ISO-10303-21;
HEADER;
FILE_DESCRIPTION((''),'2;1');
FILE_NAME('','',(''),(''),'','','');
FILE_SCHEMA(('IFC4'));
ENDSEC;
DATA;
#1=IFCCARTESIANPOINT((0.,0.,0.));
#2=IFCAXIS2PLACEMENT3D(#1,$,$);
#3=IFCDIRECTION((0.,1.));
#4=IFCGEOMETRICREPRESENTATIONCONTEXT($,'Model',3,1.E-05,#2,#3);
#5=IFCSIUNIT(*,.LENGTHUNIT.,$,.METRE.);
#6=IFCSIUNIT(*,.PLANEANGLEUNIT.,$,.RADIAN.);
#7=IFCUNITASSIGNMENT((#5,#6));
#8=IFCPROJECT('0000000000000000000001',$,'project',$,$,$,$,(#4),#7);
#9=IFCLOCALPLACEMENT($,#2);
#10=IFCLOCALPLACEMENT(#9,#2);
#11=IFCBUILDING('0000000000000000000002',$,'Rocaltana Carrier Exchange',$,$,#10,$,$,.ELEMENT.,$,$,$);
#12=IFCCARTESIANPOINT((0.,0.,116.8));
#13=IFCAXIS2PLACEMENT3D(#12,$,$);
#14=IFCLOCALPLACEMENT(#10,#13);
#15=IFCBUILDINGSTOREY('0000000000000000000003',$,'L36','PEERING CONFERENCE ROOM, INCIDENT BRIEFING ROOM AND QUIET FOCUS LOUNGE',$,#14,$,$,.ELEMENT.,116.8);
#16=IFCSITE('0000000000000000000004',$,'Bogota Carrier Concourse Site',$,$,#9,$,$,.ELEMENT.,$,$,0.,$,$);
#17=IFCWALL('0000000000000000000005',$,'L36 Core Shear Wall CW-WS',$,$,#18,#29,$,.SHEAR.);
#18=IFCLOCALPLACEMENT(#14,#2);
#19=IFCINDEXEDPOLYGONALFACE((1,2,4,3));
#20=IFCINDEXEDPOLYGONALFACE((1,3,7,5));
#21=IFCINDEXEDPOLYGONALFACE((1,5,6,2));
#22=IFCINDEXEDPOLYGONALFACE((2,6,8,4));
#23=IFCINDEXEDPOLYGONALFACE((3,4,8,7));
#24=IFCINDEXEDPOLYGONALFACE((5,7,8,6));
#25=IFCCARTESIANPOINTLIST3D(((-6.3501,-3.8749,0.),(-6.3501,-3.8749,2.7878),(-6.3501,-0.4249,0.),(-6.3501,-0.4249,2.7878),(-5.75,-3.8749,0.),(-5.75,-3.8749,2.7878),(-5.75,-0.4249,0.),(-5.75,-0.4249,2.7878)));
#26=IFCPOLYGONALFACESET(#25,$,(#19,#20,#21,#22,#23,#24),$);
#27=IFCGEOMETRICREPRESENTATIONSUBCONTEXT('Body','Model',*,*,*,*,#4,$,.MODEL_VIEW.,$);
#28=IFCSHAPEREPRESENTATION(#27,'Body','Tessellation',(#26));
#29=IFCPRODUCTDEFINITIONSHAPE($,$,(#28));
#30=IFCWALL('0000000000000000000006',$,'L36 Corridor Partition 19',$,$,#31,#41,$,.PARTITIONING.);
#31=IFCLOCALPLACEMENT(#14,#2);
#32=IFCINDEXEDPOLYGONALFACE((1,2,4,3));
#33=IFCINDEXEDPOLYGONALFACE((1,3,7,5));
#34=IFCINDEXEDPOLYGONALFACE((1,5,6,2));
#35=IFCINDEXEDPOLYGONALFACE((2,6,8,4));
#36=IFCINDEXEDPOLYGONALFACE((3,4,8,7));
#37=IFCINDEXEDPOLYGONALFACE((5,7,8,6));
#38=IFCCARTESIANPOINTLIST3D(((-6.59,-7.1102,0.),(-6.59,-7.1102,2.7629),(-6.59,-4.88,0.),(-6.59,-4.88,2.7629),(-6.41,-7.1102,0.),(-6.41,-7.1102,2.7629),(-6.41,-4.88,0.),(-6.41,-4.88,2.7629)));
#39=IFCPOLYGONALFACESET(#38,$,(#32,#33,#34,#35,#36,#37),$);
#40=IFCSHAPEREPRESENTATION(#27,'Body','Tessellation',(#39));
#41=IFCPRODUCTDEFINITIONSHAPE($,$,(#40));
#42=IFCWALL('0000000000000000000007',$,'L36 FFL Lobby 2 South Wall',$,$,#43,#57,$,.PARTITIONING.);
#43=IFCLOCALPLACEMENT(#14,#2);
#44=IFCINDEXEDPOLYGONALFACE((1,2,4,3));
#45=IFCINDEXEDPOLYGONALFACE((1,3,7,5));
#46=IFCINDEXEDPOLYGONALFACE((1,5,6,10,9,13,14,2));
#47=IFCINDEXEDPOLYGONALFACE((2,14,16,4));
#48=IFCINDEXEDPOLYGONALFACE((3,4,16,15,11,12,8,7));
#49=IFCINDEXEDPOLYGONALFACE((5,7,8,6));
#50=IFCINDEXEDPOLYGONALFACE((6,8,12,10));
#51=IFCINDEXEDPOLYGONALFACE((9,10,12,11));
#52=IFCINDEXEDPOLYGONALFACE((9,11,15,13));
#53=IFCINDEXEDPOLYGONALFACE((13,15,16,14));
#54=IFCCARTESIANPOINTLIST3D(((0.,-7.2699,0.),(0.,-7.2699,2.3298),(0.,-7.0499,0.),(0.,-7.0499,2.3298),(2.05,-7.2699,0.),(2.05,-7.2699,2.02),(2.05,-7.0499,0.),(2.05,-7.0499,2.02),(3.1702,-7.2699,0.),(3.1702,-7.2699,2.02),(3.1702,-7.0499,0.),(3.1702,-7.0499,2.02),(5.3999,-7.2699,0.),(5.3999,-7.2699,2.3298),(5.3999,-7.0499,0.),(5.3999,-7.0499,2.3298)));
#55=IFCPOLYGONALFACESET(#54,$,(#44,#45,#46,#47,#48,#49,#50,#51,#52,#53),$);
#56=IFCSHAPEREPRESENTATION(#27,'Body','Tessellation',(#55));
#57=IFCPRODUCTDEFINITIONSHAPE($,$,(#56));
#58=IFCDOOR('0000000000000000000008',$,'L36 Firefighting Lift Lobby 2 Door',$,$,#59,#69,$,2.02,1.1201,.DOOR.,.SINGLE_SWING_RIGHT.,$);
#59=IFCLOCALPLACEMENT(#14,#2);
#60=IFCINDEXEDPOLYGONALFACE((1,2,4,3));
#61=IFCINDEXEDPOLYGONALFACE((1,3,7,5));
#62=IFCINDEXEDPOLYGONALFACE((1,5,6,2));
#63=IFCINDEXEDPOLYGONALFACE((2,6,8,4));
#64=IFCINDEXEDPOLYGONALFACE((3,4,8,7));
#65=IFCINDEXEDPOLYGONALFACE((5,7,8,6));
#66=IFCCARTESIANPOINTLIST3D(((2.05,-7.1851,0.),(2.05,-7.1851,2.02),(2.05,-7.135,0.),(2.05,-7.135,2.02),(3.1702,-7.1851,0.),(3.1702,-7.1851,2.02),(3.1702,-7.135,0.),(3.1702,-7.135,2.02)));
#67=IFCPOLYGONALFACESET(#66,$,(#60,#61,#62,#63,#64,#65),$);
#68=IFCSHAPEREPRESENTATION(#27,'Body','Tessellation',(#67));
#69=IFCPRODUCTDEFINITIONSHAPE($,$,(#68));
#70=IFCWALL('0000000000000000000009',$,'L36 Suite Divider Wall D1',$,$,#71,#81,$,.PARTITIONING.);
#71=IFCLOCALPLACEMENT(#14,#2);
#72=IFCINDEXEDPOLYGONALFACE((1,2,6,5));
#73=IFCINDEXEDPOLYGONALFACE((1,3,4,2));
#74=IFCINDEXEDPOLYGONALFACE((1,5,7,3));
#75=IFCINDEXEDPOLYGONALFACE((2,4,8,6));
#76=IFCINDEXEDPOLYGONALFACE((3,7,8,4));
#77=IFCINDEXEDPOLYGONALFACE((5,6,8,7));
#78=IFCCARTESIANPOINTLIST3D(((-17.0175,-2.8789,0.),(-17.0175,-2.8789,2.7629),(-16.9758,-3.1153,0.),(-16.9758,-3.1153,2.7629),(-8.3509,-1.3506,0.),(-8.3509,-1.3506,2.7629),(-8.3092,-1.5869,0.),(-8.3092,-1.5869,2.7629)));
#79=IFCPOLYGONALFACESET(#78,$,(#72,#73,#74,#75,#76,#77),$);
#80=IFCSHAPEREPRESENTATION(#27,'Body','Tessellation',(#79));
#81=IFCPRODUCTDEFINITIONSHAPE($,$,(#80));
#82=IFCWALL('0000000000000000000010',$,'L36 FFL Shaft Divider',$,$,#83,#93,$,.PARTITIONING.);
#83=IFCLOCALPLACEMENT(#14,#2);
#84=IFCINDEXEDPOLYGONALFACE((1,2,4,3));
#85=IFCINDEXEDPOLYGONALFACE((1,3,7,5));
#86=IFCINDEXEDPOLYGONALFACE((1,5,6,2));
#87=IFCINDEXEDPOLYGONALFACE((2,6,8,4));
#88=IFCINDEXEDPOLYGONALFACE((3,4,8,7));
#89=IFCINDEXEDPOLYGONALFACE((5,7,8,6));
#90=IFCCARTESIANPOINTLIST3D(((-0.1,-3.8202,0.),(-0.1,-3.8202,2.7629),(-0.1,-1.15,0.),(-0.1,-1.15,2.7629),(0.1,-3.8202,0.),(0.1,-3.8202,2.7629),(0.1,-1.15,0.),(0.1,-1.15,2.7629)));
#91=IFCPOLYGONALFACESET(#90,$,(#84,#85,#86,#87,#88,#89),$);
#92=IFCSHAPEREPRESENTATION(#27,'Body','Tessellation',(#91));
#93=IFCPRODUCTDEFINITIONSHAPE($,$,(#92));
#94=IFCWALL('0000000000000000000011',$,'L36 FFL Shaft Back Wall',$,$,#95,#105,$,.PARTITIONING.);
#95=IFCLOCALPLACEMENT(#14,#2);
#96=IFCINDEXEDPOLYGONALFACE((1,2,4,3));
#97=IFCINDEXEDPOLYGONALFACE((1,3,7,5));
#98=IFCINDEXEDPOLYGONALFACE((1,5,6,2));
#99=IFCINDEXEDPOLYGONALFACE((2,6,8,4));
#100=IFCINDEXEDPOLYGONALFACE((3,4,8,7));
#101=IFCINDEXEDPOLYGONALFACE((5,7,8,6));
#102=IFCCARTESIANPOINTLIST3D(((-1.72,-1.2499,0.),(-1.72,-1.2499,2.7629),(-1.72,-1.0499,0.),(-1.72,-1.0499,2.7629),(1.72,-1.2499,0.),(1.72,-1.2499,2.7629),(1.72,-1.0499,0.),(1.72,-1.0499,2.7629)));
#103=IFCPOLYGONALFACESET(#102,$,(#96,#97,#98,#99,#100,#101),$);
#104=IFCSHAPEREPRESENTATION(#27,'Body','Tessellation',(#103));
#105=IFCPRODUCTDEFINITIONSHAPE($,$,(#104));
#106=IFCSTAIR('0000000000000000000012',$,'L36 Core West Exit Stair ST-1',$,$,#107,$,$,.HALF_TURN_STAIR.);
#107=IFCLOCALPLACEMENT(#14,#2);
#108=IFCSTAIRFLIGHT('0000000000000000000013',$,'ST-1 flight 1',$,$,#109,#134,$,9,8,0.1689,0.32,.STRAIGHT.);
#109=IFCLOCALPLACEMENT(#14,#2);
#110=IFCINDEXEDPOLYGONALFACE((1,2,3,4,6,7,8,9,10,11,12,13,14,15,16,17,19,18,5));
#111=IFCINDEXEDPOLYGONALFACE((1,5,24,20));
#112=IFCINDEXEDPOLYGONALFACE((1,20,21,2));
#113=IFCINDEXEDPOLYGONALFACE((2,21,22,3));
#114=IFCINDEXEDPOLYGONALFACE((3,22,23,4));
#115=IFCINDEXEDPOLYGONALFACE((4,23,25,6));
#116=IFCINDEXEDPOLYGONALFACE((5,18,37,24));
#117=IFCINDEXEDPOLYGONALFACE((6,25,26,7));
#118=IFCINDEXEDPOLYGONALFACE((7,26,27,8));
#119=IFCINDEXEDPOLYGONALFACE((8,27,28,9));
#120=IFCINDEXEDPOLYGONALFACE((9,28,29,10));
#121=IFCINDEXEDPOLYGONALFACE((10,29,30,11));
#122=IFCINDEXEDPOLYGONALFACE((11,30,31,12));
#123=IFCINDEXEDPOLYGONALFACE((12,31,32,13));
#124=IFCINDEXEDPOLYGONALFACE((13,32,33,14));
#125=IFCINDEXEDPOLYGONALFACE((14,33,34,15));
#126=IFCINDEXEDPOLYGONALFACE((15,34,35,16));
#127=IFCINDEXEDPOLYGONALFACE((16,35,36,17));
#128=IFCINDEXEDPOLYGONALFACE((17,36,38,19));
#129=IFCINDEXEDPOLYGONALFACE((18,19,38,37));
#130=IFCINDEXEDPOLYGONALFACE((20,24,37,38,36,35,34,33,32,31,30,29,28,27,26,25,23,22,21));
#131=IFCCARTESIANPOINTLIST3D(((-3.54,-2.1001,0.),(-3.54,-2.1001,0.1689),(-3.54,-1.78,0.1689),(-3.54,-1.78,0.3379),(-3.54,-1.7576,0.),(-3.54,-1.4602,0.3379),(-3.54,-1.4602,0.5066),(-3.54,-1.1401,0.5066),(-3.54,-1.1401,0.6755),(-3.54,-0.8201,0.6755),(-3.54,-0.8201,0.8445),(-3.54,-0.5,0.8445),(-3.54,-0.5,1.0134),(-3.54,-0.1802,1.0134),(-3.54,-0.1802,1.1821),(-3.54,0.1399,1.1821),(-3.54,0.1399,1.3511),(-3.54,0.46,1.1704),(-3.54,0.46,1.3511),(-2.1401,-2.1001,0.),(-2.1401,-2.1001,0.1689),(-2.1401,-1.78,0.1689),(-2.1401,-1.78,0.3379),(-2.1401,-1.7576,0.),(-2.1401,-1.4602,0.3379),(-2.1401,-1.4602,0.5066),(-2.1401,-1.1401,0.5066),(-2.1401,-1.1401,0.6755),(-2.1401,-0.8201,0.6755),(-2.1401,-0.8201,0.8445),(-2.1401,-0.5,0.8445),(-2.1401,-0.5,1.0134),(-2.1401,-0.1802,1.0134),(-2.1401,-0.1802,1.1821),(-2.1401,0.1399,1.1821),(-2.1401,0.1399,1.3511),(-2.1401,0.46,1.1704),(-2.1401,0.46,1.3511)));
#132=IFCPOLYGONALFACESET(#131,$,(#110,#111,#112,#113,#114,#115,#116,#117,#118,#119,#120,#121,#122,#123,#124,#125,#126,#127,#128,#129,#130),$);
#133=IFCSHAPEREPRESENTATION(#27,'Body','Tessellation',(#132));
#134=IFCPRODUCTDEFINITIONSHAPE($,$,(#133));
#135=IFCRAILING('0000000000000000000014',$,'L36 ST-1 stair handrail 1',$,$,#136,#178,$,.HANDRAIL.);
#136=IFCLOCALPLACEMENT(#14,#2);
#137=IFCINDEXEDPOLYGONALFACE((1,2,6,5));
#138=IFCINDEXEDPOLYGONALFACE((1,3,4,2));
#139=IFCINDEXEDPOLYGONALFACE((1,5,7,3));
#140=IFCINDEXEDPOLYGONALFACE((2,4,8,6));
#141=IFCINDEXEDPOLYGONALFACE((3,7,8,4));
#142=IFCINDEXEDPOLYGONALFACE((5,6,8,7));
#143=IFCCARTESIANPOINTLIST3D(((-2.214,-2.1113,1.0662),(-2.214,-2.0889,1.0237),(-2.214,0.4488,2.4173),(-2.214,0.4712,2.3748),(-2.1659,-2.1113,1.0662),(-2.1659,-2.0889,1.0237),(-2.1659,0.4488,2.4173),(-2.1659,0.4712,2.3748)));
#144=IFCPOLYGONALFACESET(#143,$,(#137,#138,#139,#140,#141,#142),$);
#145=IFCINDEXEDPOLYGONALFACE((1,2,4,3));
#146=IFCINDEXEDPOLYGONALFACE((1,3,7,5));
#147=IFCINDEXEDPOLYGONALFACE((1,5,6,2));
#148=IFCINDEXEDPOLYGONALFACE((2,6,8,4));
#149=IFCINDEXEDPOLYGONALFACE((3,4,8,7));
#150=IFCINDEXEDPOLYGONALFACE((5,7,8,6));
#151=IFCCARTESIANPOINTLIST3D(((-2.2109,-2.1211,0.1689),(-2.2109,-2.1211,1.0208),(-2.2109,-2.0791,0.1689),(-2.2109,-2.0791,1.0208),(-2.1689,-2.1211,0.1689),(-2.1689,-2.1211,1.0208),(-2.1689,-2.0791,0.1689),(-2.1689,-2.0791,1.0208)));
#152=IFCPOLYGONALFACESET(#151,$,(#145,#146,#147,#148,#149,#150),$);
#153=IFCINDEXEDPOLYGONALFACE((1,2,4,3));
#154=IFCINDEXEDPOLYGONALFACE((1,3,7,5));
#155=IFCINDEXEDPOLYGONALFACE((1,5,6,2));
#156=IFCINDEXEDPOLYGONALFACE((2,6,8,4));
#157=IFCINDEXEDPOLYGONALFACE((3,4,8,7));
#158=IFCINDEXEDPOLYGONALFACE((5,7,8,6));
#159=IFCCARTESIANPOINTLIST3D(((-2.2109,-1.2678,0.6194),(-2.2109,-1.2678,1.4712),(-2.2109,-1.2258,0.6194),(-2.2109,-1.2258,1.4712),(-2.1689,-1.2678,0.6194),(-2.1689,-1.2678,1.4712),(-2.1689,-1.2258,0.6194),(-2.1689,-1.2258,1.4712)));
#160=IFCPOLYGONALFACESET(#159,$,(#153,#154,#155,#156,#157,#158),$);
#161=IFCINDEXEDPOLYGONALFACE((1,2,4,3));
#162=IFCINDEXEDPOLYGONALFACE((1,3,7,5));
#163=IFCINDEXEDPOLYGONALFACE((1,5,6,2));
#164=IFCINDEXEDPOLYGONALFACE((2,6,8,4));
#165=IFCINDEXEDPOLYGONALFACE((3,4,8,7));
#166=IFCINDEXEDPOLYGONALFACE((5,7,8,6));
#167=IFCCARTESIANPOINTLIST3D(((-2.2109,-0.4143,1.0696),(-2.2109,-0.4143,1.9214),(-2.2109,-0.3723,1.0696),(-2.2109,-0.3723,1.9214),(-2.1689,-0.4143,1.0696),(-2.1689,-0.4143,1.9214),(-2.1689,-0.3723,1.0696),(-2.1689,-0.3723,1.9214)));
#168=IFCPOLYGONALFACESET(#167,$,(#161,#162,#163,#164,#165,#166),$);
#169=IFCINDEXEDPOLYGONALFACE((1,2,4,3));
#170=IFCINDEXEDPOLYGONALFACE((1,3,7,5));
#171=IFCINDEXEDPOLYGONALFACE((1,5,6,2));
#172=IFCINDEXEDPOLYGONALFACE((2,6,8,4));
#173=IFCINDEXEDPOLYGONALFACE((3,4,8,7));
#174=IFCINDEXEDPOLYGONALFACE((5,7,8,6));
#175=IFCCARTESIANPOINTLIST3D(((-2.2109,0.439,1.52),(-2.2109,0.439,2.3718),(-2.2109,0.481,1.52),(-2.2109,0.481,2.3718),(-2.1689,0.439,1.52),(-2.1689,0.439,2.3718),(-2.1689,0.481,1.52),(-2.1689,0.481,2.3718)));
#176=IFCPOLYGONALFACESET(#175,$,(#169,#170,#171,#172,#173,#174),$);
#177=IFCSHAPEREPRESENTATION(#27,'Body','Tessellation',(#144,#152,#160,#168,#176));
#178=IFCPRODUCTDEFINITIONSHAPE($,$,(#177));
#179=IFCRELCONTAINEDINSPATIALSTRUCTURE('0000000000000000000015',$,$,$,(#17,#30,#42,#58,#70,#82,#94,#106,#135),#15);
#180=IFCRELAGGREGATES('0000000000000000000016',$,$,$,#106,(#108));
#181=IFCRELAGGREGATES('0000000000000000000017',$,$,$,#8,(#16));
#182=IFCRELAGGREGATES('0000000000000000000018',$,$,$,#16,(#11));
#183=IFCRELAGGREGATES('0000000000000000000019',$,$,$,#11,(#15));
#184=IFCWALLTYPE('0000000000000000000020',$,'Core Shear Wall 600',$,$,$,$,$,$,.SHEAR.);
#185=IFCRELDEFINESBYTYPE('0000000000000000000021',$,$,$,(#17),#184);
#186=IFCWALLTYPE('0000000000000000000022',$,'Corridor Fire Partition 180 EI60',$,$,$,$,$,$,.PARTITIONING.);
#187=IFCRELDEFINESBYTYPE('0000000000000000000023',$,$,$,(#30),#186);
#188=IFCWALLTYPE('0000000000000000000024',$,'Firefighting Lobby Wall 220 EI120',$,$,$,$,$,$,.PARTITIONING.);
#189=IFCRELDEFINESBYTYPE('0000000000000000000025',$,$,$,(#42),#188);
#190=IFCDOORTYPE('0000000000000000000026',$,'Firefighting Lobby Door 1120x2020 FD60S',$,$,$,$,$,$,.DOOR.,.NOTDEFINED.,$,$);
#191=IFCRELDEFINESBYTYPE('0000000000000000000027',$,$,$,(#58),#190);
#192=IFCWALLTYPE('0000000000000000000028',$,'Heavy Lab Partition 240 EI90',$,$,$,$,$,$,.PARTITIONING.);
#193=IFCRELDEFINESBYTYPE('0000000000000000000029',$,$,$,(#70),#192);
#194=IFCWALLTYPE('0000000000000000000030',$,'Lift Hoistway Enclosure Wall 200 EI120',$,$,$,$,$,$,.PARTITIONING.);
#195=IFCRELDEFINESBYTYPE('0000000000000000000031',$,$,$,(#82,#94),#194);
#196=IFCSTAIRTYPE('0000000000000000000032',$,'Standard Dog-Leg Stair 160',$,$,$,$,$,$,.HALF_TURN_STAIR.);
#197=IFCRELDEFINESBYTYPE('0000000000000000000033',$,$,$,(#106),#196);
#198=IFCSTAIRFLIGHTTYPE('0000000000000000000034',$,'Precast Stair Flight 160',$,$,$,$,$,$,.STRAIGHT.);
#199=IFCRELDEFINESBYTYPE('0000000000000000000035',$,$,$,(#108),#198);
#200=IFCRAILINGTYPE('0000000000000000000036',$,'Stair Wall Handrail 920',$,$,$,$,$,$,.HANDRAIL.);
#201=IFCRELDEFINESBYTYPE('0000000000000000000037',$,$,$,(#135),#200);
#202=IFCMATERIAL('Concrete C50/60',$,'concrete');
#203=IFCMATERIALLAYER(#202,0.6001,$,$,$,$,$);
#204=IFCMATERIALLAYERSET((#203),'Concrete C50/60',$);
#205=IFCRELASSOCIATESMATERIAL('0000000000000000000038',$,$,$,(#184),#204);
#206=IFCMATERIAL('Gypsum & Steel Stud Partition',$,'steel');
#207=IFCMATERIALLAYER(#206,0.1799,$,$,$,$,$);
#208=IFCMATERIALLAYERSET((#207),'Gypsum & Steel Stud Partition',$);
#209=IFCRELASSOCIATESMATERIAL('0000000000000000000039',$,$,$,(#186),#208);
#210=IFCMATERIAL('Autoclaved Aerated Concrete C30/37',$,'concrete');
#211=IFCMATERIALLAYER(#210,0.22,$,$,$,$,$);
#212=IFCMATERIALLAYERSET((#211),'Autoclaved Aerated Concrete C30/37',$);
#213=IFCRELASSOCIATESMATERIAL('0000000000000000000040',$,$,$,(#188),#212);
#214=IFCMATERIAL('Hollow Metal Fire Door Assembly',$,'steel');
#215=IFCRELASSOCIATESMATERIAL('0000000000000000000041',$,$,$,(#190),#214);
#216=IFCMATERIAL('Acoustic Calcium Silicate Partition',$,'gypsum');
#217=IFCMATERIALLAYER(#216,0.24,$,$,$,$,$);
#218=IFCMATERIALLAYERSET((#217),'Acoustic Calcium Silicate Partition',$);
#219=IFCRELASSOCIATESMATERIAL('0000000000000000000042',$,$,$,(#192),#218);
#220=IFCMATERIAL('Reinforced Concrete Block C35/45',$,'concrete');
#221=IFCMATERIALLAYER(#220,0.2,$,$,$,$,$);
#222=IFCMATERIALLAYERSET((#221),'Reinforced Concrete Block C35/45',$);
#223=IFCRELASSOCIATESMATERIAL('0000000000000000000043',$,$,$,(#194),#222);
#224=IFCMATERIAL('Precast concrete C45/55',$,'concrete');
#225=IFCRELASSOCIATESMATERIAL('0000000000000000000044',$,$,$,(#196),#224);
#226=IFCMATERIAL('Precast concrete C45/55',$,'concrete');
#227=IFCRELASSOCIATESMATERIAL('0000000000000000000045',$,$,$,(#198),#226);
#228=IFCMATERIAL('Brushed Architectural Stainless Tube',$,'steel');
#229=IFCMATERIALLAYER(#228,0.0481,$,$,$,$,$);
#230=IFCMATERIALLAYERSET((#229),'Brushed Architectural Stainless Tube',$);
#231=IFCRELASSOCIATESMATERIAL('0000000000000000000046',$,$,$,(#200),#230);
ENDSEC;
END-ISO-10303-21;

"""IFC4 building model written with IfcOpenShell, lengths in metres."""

from ifc_helpers import new_model, si_unit, direction, frame, frame_2d, origin, origin_2d, place, context, subcontext, project, spatial, polyline, rectangle, outline, extrude, material, layer, layer_set, type_object, element, fill, aggregate, save


model = new_model("IFC4")

# Units and contexts
model_context = context("Model", 3, precision=1e-05, world=origin(), true_north=direction((0.0, 1.0)))
body_context = subcontext(model_context, "Body", "Model", "MODEL_VIEW")
ifc_project = project(units=[si_unit("LENGTHUNIT", "METRE"), si_unit("PLANEANGLEUNIT", "RADIAN")], contexts=[model_context])

# Site, building, storey
site_placement = place(None, origin())
site = spatial("IfcSite", under=ifc_project, at=site_placement, Name="Bogota Carrier Concourse Site", CompositionType="ELEMENT", RefElevation=0.0)
building_placement = place(site_placement, origin())
building = spatial("IfcBuilding", under=site, at=building_placement, Name="Rocaltana Carrier Exchange", CompositionType="ELEMENT")
storey_placement = place(building_placement, frame((0.0, 0.0, 116.8)))
storey = spatial("IfcBuildingStorey", under=building, at=storey_placement, Name="L36", Description="PEERING CONFERENCE ROOM, INCIDENT BRIEFING ROOM AND QUIET FOCUS LOUNGE", CompositionType="ELEMENT", Elevation=116.8)

# Walls
ifc_material_1 = material(Name="Concrete C50/60", Category="concrete")
ifc_layer_1 = layer(ifc_material_1, 0.6001)
ifc_layer_set_1 = layer_set([ifc_layer_1], Name="Concrete C50/60")
wall_type_1 = type_object("IfcWallType", Name="Core Shear Wall 600", PredefinedType="SHEAR", material=ifc_layer_set_1)
wall_1_placement = place(storey_placement, frame((-6.05, -3.875, 0.0), z_axis=(0.0, 0.0, 1.0), x_axis=(0.0, 1.0, 0.0)))
element("IfcWall", 1, at=wall_1_placement, inside=storey, type_object=wall_type_1, Name="L36 Core Shear Wall CW-WS", PredefinedType="SHEAR", context=body_context, shape_type="SweptSolid", body=[
    extrude(rectangle(XDim=3.45, YDim=0.6001, at=frame_2d((1.7251, 0.0))), origin(), (0.0, 0.0, 1.0), 2.7878),
])
ifc_material_2 = material(Name="Gypsum & Steel Stud Partition", Category="steel")
ifc_layer_2 = layer(ifc_material_2, 0.1799)
ifc_layer_set_2 = layer_set([ifc_layer_2], Name="Gypsum & Steel Stud Partition")
wall_type_2 = type_object("IfcWallType", Name="Corridor Fire Partition 180 EI60", PredefinedType="PARTITIONING", material=ifc_layer_set_2)
wall_2_placement = place(storey_placement, frame((-6.5, -4.8799, 0.0), z_axis=(0.0, 0.0, 1.0), x_axis=(0.0, -1.0, 0.0)))
element("IfcWall", 2, at=wall_2_placement, inside=storey, type_object=wall_type_2, Name="L36 Corridor Partition 19", PredefinedType="PARTITIONING", context=body_context, shape_type="SweptSolid", body=[
    extrude(rectangle(XDim=2.2302, YDim=0.1799, at=frame_2d((1.1152, 0.0))), origin(), (0.0, 0.0, 1.0), 2.7629),
])

# Wall, opening, door
ifc_material_3 = material(Name="Autoclaved Aerated Concrete C30/37", Category="concrete")
ifc_layer_3 = layer(ifc_material_3, 0.22)
ifc_layer_set_3 = layer_set([ifc_layer_3], Name="Autoclaved Aerated Concrete C30/37")
wall_type_3 = type_object("IfcWallType", Name="Firefighting Lobby Wall 220 EI120", PredefinedType="PARTITIONING", material=ifc_layer_set_3)
wall_3_placement = place(storey_placement, frame((0.0, -7.1599, 0.0), z_axis=(0.0, 0.0, 1.0), x_axis=(1.0, 0.0, 0.0)))
wall_3 = element("IfcWall", 3, at=wall_3_placement, inside=storey, type_object=wall_type_3, Name="L36 FFL Lobby 2 South Wall", PredefinedType="PARTITIONING", context=body_context, shape_type="SweptSolid", body=[
    extrude(rectangle(XDim=5.3999, YDim=0.22, at=frame_2d((2.7, 0.0))), origin(), (0.0, 0.0, 1.0), 2.3298),
])
opening_1_placement = place(wall_3_placement, frame((2.05, 0.0, 0.0)))
opening_1 = element("IfcOpeningElement", 4, at=opening_1_placement, cuts=wall_3, PredefinedType="OPENING", context=body_context, shape_type="SweptSolid", body=[
    extrude(rectangle(XDim=1.1201, YDim=2.02, at=frame_2d((0.5601, 1.01))), frame((0.0, 0.1199, 0.0), z_axis=(0.0, -1.0, 0.0), x_axis=(1.0, 0.0, 0.0)), (0.0, 0.0, 1.0), 0.24),
])
ifc_material_4 = material(Name="Hollow Metal Fire Door Assembly", Category="steel")
door_type_1 = type_object("IfcDoorType", Name="Firefighting Lobby Door 1120x2020 FD60S", OperationType="NOTDEFINED", PredefinedType="DOOR", material=ifc_material_4)
door_1_placement = place(opening_1_placement, origin())
door_1 = element("IfcDoor", 5, at=door_1_placement, inside=storey, type_object=door_type_1, Name="L36 Firefighting Lift Lobby 2 Door", OperationType="SINGLE_SWING_RIGHT", OverallHeight=2.02, OverallWidth=1.1201, PredefinedType="DOOR", context=body_context, shape_type="SweptSolid", body=[
    extrude(rectangle(XDim=1.1201, YDim=2.02, at=frame_2d((0.5601, 1.01))), frame((0.0, 0.0249, 0.0), z_axis=(0.0, -1.0, 0.0), x_axis=(1.0, 0.0, 0.0)), (0.0, 0.0, 1.0), 0.05),
])
fill(opening_1, door_1)

# Walls
ifc_material_5 = material(Name="Acoustic Calcium Silicate Partition", Category="gypsum")
ifc_layer_4 = layer(ifc_material_5, 0.24)
ifc_layer_set_4 = layer_set([ifc_layer_4], Name="Acoustic Calcium Silicate Partition")
wall_type_4 = type_object("IfcWallType", Name="Heavy Lab Partition 240 EI90", PredefinedType="PARTITIONING", material=ifc_layer_set_4)
wall_4_placement = place(storey_placement, frame((-8.3301, -1.4688, 0.0), z_axis=(0.0, 0.0, 1.0), x_axis=(-0.984804, -0.173668, 0.0)))
element("IfcWall", 6, at=wall_4_placement, inside=storey, type_object=wall_type_4, Name="L36 Suite Divider Wall D1", PredefinedType="PARTITIONING", context=body_context, shape_type="SweptSolid", body=[
    extrude(rectangle(XDim=8.8003, YDim=0.24, at=frame_2d((4.4001, 0.0))), origin(), (0.0, 0.0, 1.0), 2.7629),
])
ifc_material_6 = material(Name="Reinforced Concrete Block C35/45", Category="concrete")
ifc_layer_5 = layer(ifc_material_6, 0.2)
ifc_layer_set_5 = layer_set([ifc_layer_5], Name="Reinforced Concrete Block C35/45")
wall_type_5 = type_object("IfcWallType", Name="Lift Hoistway Enclosure Wall 200 EI120", PredefinedType="PARTITIONING", material=ifc_layer_set_5)
wall_5_placement = place(storey_placement, frame((0.0, -3.8201, 0.0), z_axis=(0.0, 0.0, 1.0), x_axis=(0.0, 1.0, 0.0)))
element("IfcWall", 7, at=wall_5_placement, inside=storey, type_object=wall_type_5, Name="L36 FFL Shaft Divider", PredefinedType="PARTITIONING", context=body_context, shape_type="SweptSolid", body=[
    extrude(rectangle(XDim=2.6702, YDim=0.2, at=frame_2d((1.335, 0.0))), origin(), (0.0, 0.0, 1.0), 2.7629),
])
wall_6_placement = place(storey_placement, frame((-1.72, -1.1499, 0.0), z_axis=(0.0, 0.0, 1.0), x_axis=(1.0, 0.0, 0.0)))
element("IfcWall", 8, at=wall_6_placement, inside=storey, type_object=wall_type_5, Name="L36 FFL Shaft Back Wall", PredefinedType="PARTITIONING", context=body_context, shape_type="SweptSolid", body=[
    extrude(rectangle(XDim=3.4399, YDim=0.2, at=frame_2d((1.72, 0.0))), origin(), (0.0, 0.0, 1.0), 2.7629),
])

# Stair, stair flight
ifc_material_7 = material(Name="Precast concrete C45/55", Category="concrete")
stair_type = type_object("IfcStairType", Name="Standard Dog-Leg Stair 160", PredefinedType="HALF_TURN_STAIR", material=ifc_material_7)
stair_placement = place(storey_placement, origin())
stair = element("IfcStair", 9, at=stair_placement, inside=storey, type_object=stair_type, Name="L36 Core West Exit Stair ST-1", PredefinedType="HALF_TURN_STAIR")
ifc_material_8 = material(Name="Precast concrete C45/55", Category="concrete")
stair_flight_type = type_object("IfcStairFlightType", Name="Precast Stair Flight 160", PredefinedType="STRAIGHT", material=ifc_material_8)
stair_flight_placement = place(storey_placement, frame((-2.8401, -2.1001, 0.0), z_axis=(0.0, 0.0, 1.0), x_axis=(0.0, 1.0, 0.0)))
stair_flight = element("IfcStairFlight", 10, at=stair_flight_placement, type_object=stair_flight_type, Name="ST-1 flight 1", NumberOfRisers=9, NumberOfTreads=8, PredefinedType="STRAIGHT", RiserHeight=0.1689, TreadLength=0.32, context=body_context, shape_type="SweptSolid", body=[
    extrude(outline(polyline([(0.0, 0.0), (0.0, 0.1689), (0.3201, 0.1689), (0.3201, 0.3379), (0.6399, 0.3379), (0.6399, 0.5066), (0.96, 0.5066), (0.96, 0.6755), (1.28, 0.6755), (1.28, 0.8445), (1.6001, 0.8445), (1.6001, 1.0134), (1.9199, 1.0134), (1.9199, 1.1821), (2.24, 1.1821), (2.24, 1.3511), (2.5601, 1.3511), (2.5601, 1.52), (2.5601, 1.1704), (0.3425, 0.0), (0.0, 0.0)])), frame((0.0, 0.7, 0.0), z_axis=(0.0, -1.0, 0.0), x_axis=(1.0, 0.0, 0.0)), (0.0, 0.0, 1.0), 1.3999),
])
aggregate(stair, [stair_flight])

# Railing
ifc_material_9 = material(Name="Brushed Architectural Stainless Tube", Category="steel")
ifc_layer_6 = layer(ifc_material_9, 0.0481)
ifc_layer_set_6 = layer_set([ifc_layer_6], Name="Brushed Architectural Stainless Tube")
railing_type_1 = type_object("IfcRailingType", Name="Stair Wall Handrail 920", PredefinedType="HANDRAIL", material=ifc_layer_set_6)
railing_1_placement = place(storey_placement, frame((-2.1899, -2.1001, 0.1689)))
element("IfcRailing", 11, at=railing_1_placement, inside=storey, type_object=railing_type_1, Name="L36 ST-1 stair handrail 1", PredefinedType="HANDRAIL", context=body_context, shape_type="SweptSolid", body=[
    extrude(rectangle(XDim=0.0481, YDim=0.0481, at=origin_2d()), frame((0.0, 0.0, 0.876), z_axis=(0.0, 0.884394, 0.46674), x_axis=(-1.0, 0.0, 0.0)), (0.0, 0.0, 1.0), 2.8948),
    extrude(rectangle(XDim=0.042, YDim=0.042, at=origin_2d()), origin(), (0.0, 0.0, 1.0), 0.8518),
    extrude(rectangle(XDim=0.042, YDim=0.042, at=origin_2d()), frame((0.0, 0.8533, 0.4504)), (0.0, 0.0, 1.0), 0.8518),
    extrude(rectangle(XDim=0.042, YDim=0.042, at=origin_2d()), frame((0.0, 1.7068, 0.9006)), (0.0, 0.0, 1.0), 0.8518),
    extrude(rectangle(XDim=0.042, YDim=0.042, at=origin_2d()), frame((0.0, 2.5601, 1.3511)), (0.0, 0.0, 1.0), 0.8518),
])

save(model, "model.ifc")
